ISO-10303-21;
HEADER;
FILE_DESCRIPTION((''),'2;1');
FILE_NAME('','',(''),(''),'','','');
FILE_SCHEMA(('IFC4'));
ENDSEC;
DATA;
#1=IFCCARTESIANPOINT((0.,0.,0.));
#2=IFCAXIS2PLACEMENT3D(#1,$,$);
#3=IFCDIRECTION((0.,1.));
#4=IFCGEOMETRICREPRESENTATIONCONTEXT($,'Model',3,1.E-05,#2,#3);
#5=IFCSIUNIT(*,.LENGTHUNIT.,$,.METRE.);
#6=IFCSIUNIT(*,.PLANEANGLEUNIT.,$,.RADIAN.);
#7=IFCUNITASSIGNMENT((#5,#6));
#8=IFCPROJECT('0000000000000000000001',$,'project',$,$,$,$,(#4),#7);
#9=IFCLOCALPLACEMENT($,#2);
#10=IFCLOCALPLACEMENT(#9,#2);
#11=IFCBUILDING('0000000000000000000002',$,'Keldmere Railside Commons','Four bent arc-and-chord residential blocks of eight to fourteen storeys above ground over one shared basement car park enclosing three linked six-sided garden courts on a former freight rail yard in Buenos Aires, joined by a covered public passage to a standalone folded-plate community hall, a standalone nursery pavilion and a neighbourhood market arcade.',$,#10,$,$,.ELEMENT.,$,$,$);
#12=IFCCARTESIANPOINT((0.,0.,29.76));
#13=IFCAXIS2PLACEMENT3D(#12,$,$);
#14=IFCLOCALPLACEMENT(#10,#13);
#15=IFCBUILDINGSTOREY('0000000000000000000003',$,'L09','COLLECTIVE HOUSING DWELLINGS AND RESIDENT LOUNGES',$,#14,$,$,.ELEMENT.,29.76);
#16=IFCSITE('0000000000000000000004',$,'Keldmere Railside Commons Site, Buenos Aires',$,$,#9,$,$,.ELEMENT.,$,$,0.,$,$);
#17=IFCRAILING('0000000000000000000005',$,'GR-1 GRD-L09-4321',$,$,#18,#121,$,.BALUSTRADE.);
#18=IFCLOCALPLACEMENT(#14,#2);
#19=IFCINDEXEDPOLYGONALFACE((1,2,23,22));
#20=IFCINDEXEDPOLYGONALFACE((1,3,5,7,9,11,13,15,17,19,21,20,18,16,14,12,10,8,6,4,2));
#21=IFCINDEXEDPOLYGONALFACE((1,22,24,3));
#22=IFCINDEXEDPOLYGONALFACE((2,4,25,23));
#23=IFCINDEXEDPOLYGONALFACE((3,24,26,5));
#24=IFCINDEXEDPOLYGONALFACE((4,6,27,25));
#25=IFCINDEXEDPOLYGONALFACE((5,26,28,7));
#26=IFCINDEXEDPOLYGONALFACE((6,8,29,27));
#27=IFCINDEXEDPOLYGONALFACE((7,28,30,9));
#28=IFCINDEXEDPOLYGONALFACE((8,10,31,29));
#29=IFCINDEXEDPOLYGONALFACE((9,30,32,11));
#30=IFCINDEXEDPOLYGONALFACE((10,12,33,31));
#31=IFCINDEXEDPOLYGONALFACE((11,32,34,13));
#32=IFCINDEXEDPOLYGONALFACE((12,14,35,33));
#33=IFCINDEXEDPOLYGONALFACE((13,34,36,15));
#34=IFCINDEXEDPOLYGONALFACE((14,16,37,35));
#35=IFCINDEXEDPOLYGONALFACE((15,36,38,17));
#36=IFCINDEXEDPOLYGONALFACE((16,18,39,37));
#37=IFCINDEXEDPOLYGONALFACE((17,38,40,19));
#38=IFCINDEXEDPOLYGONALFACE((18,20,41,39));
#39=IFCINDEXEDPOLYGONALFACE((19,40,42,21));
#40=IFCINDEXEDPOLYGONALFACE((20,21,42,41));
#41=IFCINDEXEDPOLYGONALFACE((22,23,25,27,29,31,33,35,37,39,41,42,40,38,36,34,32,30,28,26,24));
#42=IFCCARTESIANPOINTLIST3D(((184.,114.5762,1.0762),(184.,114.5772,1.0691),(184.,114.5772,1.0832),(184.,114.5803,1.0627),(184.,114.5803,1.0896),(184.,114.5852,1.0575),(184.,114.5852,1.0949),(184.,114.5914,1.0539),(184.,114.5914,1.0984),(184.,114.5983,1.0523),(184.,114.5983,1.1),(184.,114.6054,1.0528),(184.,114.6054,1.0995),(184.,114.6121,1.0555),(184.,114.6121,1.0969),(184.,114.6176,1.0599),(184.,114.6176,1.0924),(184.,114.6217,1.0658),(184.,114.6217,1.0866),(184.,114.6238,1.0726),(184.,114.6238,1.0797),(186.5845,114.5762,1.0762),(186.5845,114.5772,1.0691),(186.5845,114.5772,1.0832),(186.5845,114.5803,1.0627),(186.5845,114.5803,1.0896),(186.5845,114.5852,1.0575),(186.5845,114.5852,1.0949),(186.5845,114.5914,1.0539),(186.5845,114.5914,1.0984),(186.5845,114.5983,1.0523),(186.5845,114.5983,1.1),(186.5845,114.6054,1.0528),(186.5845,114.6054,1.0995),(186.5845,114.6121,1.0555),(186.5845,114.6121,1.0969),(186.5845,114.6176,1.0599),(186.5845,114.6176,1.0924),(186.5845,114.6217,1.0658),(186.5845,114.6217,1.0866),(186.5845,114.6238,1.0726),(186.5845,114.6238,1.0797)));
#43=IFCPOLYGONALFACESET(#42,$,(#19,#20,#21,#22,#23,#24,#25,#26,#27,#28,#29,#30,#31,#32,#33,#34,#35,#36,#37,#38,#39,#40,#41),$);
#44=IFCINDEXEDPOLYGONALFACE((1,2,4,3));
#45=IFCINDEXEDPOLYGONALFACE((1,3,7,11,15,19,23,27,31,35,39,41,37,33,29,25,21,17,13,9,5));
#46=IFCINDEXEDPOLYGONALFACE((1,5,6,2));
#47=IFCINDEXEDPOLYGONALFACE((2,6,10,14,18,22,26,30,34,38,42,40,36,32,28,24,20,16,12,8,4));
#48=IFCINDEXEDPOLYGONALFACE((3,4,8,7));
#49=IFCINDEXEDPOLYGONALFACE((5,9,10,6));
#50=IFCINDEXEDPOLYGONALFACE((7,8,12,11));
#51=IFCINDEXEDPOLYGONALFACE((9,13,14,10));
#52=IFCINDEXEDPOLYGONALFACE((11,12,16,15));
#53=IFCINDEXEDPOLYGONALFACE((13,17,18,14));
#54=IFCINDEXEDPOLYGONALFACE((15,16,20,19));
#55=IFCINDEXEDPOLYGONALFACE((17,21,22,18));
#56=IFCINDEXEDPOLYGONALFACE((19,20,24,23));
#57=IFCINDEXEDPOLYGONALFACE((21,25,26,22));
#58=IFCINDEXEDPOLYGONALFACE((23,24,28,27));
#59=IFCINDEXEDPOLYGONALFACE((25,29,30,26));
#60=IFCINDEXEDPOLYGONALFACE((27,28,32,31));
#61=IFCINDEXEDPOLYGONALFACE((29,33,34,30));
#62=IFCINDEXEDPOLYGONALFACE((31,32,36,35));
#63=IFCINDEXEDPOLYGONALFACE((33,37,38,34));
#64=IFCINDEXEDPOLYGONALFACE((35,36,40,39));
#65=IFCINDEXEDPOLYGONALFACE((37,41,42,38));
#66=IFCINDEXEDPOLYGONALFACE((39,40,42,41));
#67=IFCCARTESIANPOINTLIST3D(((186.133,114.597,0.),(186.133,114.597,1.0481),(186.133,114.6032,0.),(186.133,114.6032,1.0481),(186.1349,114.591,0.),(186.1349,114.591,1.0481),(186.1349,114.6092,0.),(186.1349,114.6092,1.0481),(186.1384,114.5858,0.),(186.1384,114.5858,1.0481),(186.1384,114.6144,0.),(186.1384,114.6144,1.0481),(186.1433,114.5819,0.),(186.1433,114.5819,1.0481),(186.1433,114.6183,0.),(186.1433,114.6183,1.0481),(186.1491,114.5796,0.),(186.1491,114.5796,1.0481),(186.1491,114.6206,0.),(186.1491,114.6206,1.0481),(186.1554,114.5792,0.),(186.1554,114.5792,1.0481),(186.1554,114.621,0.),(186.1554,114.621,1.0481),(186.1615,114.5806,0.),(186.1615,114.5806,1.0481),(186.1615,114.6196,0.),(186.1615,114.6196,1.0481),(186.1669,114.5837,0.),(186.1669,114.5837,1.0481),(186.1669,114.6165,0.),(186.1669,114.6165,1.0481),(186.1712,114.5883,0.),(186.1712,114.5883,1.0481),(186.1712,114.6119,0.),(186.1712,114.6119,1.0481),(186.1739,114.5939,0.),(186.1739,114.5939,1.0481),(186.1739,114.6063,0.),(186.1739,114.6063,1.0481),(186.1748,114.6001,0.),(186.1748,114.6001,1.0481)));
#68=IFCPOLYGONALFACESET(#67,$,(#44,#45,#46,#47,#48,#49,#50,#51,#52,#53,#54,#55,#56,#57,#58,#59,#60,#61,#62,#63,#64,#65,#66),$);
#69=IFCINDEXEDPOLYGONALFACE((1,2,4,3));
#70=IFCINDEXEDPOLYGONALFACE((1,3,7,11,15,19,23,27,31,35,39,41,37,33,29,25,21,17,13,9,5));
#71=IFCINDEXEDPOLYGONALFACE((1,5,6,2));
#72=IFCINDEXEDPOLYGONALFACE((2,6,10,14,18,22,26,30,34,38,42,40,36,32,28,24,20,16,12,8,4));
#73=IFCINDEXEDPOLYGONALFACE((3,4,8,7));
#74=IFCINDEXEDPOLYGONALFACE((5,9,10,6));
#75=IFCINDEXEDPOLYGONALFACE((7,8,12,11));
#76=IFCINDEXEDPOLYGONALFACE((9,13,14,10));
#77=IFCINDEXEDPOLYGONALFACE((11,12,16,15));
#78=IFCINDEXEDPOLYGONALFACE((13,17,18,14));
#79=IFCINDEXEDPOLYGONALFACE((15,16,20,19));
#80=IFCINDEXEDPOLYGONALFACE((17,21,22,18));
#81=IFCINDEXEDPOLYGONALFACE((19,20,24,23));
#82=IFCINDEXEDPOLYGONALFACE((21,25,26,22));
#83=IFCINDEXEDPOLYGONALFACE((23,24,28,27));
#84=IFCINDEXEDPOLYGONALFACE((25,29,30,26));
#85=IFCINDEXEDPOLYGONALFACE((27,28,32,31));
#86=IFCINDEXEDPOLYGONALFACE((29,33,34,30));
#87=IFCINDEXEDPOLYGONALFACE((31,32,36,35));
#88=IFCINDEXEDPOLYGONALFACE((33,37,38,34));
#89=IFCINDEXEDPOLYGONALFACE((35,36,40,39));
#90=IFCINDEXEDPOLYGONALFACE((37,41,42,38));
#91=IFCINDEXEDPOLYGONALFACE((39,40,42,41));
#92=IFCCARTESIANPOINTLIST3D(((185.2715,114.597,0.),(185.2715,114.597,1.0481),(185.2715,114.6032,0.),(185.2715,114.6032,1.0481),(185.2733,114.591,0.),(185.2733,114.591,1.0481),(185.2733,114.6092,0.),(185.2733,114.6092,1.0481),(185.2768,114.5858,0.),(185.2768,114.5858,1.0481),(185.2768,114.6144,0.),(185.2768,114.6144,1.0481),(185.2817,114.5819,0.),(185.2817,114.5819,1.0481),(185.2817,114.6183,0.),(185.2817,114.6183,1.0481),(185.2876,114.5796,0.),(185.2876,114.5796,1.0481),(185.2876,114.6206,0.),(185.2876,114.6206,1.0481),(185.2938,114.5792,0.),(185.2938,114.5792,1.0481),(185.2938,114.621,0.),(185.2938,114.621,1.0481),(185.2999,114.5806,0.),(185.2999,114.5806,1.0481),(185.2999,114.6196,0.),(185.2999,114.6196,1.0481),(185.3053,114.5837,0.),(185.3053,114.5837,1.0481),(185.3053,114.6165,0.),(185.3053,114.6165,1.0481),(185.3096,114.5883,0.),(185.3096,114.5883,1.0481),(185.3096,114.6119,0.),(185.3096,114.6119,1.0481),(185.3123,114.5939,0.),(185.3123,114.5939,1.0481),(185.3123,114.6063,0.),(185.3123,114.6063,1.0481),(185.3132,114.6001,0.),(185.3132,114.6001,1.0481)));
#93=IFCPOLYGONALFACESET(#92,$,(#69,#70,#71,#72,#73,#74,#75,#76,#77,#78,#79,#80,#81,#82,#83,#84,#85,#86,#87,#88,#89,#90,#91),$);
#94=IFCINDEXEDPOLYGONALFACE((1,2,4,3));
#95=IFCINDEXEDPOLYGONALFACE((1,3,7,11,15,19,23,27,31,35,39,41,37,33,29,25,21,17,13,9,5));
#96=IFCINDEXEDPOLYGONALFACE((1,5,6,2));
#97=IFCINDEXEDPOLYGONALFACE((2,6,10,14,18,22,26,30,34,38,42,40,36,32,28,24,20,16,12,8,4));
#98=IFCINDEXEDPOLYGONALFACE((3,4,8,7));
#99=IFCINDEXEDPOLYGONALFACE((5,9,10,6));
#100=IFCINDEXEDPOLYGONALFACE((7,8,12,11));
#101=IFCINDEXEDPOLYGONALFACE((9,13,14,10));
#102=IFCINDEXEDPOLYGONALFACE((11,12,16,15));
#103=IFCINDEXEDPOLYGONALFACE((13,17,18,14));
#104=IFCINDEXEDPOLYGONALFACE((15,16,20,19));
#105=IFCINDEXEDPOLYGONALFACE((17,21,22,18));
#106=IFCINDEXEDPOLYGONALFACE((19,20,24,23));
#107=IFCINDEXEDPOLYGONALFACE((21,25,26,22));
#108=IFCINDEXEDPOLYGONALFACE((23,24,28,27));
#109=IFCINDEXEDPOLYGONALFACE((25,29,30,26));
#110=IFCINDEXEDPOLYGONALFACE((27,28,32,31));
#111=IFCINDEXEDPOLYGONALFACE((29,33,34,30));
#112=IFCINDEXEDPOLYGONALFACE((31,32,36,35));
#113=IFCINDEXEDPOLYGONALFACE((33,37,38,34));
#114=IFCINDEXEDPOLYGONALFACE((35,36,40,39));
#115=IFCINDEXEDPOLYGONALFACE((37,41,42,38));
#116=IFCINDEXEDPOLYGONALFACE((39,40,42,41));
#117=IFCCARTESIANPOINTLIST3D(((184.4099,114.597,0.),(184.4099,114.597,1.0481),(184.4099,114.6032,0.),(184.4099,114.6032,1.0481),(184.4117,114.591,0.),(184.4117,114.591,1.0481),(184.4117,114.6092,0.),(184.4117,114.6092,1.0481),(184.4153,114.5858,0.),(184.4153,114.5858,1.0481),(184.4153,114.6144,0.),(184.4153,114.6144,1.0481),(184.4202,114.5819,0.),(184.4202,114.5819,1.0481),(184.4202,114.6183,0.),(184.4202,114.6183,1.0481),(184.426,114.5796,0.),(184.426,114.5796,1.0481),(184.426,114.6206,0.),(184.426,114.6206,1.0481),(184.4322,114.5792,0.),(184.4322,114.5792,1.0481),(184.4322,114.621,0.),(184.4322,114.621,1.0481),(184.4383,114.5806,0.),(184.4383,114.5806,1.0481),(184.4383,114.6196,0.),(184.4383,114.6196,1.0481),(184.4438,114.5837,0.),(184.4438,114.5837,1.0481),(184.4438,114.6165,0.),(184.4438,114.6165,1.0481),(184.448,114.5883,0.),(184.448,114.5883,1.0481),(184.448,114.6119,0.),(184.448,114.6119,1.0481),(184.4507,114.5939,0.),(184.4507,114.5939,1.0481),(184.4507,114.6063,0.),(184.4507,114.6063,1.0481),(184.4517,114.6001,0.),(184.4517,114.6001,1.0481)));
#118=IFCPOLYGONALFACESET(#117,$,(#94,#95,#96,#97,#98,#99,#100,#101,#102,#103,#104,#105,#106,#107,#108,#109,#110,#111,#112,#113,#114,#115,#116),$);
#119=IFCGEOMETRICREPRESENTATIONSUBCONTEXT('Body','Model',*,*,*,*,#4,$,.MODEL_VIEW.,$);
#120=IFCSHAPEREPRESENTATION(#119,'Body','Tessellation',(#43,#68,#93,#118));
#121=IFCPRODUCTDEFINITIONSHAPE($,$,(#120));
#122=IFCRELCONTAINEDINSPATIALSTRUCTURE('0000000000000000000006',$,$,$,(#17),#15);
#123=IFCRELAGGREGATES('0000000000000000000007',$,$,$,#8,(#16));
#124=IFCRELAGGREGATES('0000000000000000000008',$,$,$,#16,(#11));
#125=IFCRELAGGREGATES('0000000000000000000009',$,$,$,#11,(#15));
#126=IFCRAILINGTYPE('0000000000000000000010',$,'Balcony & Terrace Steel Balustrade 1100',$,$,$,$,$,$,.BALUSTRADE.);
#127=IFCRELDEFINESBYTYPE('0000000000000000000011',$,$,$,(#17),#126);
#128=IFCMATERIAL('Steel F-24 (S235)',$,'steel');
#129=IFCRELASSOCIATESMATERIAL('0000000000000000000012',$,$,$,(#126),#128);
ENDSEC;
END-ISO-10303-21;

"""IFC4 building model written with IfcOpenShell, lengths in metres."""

from ifc_helpers import new_model, si_unit, direction, frame, origin, origin_2d, place, context, subcontext, project, spatial, circle, extrude, material, type_object, element, save


model = new_model("IFC4")

# Units and contexts
model_context = context("Model", 3, precision=1e-05, world=origin(), true_north=direction((0.0, 1.0)))
body_context = subcontext(model_context, "Body", "Model", "MODEL_VIEW")
ifc_project = project(units=[si_unit("LENGTHUNIT", "METRE"), si_unit("PLANEANGLEUNIT", "RADIAN")], contexts=[model_context])

# Site, building, storey
site_placement = place(None, origin())
site = spatial("IfcSite", under=ifc_project, at=site_placement, Name="Keldmere Railside Commons Site, Buenos Aires", CompositionType="ELEMENT", RefElevation=0.0)
building_placement = place(site_placement, origin())
building = spatial("IfcBuilding", under=site, at=building_placement, Name="Keldmere Railside Commons", Description="Four bent arc-and-chord residential blocks of eight to fourteen storeys above ground over one shared basement car park enclosing three linked six-sided garden courts on a former freight rail yard in Buenos Aires, joined by a covered public passage to a standalone folded-plate community hall, a standalone nursery pavilion and a neighbourhood market arcade.", CompositionType="ELEMENT")
storey_placement = place(building_placement, frame((0.0, 0.0, 29.76)))
storey = spatial("IfcBuildingStorey", under=building, at=storey_placement, Name="L09", Description="COLLECTIVE HOUSING DWELLINGS AND RESIDENT LOUNGES", CompositionType="ELEMENT", Elevation=29.76)

# Railing
ifc_material_1 = material(Name="Steel F-24 (S235)", Category="steel")
railing_type = type_object("IfcRailingType", Name="Balcony & Terrace Steel Balustrade 1100", PredefinedType="BALUSTRADE", material=ifc_material_1)
railing_1_placement = place(storey_placement, frame((186.5845, 114.6001, 0.0)))
element("IfcRailing", 1, at=railing_1_placement, inside=storey, type_object=railing_type, Name="GR-1 GRD-L09-4321", PredefinedType="BALUSTRADE", context=body_context, shape_type="SweptSolid", body=[
    extrude(circle(Radius=0.0239, at=origin_2d()), frame((0.0, 0.0, 1.0762), z_axis=(-1.0, 0.0, 0.0), x_axis=(0.0, -1.0, 0.0)), (0.0, 0.0, 1.0), 2.5845),
    extrude(circle(Radius=0.021, at=origin_2d()), frame((-0.4307, 0.0, 0.0)), (0.0, 0.0, 1.0), 1.0481),
    extrude(circle(Radius=0.021, at=origin_2d()), frame((-1.2922, 0.0, 0.0)), (0.0, 0.0, 1.0), 1.0481),
    extrude(circle(Radius=0.021, at=origin_2d()), frame((-2.1538, 0.0, 0.0)), (0.0, 0.0, 1.0), 1.0481),
])

save(model, "model.ifc")
